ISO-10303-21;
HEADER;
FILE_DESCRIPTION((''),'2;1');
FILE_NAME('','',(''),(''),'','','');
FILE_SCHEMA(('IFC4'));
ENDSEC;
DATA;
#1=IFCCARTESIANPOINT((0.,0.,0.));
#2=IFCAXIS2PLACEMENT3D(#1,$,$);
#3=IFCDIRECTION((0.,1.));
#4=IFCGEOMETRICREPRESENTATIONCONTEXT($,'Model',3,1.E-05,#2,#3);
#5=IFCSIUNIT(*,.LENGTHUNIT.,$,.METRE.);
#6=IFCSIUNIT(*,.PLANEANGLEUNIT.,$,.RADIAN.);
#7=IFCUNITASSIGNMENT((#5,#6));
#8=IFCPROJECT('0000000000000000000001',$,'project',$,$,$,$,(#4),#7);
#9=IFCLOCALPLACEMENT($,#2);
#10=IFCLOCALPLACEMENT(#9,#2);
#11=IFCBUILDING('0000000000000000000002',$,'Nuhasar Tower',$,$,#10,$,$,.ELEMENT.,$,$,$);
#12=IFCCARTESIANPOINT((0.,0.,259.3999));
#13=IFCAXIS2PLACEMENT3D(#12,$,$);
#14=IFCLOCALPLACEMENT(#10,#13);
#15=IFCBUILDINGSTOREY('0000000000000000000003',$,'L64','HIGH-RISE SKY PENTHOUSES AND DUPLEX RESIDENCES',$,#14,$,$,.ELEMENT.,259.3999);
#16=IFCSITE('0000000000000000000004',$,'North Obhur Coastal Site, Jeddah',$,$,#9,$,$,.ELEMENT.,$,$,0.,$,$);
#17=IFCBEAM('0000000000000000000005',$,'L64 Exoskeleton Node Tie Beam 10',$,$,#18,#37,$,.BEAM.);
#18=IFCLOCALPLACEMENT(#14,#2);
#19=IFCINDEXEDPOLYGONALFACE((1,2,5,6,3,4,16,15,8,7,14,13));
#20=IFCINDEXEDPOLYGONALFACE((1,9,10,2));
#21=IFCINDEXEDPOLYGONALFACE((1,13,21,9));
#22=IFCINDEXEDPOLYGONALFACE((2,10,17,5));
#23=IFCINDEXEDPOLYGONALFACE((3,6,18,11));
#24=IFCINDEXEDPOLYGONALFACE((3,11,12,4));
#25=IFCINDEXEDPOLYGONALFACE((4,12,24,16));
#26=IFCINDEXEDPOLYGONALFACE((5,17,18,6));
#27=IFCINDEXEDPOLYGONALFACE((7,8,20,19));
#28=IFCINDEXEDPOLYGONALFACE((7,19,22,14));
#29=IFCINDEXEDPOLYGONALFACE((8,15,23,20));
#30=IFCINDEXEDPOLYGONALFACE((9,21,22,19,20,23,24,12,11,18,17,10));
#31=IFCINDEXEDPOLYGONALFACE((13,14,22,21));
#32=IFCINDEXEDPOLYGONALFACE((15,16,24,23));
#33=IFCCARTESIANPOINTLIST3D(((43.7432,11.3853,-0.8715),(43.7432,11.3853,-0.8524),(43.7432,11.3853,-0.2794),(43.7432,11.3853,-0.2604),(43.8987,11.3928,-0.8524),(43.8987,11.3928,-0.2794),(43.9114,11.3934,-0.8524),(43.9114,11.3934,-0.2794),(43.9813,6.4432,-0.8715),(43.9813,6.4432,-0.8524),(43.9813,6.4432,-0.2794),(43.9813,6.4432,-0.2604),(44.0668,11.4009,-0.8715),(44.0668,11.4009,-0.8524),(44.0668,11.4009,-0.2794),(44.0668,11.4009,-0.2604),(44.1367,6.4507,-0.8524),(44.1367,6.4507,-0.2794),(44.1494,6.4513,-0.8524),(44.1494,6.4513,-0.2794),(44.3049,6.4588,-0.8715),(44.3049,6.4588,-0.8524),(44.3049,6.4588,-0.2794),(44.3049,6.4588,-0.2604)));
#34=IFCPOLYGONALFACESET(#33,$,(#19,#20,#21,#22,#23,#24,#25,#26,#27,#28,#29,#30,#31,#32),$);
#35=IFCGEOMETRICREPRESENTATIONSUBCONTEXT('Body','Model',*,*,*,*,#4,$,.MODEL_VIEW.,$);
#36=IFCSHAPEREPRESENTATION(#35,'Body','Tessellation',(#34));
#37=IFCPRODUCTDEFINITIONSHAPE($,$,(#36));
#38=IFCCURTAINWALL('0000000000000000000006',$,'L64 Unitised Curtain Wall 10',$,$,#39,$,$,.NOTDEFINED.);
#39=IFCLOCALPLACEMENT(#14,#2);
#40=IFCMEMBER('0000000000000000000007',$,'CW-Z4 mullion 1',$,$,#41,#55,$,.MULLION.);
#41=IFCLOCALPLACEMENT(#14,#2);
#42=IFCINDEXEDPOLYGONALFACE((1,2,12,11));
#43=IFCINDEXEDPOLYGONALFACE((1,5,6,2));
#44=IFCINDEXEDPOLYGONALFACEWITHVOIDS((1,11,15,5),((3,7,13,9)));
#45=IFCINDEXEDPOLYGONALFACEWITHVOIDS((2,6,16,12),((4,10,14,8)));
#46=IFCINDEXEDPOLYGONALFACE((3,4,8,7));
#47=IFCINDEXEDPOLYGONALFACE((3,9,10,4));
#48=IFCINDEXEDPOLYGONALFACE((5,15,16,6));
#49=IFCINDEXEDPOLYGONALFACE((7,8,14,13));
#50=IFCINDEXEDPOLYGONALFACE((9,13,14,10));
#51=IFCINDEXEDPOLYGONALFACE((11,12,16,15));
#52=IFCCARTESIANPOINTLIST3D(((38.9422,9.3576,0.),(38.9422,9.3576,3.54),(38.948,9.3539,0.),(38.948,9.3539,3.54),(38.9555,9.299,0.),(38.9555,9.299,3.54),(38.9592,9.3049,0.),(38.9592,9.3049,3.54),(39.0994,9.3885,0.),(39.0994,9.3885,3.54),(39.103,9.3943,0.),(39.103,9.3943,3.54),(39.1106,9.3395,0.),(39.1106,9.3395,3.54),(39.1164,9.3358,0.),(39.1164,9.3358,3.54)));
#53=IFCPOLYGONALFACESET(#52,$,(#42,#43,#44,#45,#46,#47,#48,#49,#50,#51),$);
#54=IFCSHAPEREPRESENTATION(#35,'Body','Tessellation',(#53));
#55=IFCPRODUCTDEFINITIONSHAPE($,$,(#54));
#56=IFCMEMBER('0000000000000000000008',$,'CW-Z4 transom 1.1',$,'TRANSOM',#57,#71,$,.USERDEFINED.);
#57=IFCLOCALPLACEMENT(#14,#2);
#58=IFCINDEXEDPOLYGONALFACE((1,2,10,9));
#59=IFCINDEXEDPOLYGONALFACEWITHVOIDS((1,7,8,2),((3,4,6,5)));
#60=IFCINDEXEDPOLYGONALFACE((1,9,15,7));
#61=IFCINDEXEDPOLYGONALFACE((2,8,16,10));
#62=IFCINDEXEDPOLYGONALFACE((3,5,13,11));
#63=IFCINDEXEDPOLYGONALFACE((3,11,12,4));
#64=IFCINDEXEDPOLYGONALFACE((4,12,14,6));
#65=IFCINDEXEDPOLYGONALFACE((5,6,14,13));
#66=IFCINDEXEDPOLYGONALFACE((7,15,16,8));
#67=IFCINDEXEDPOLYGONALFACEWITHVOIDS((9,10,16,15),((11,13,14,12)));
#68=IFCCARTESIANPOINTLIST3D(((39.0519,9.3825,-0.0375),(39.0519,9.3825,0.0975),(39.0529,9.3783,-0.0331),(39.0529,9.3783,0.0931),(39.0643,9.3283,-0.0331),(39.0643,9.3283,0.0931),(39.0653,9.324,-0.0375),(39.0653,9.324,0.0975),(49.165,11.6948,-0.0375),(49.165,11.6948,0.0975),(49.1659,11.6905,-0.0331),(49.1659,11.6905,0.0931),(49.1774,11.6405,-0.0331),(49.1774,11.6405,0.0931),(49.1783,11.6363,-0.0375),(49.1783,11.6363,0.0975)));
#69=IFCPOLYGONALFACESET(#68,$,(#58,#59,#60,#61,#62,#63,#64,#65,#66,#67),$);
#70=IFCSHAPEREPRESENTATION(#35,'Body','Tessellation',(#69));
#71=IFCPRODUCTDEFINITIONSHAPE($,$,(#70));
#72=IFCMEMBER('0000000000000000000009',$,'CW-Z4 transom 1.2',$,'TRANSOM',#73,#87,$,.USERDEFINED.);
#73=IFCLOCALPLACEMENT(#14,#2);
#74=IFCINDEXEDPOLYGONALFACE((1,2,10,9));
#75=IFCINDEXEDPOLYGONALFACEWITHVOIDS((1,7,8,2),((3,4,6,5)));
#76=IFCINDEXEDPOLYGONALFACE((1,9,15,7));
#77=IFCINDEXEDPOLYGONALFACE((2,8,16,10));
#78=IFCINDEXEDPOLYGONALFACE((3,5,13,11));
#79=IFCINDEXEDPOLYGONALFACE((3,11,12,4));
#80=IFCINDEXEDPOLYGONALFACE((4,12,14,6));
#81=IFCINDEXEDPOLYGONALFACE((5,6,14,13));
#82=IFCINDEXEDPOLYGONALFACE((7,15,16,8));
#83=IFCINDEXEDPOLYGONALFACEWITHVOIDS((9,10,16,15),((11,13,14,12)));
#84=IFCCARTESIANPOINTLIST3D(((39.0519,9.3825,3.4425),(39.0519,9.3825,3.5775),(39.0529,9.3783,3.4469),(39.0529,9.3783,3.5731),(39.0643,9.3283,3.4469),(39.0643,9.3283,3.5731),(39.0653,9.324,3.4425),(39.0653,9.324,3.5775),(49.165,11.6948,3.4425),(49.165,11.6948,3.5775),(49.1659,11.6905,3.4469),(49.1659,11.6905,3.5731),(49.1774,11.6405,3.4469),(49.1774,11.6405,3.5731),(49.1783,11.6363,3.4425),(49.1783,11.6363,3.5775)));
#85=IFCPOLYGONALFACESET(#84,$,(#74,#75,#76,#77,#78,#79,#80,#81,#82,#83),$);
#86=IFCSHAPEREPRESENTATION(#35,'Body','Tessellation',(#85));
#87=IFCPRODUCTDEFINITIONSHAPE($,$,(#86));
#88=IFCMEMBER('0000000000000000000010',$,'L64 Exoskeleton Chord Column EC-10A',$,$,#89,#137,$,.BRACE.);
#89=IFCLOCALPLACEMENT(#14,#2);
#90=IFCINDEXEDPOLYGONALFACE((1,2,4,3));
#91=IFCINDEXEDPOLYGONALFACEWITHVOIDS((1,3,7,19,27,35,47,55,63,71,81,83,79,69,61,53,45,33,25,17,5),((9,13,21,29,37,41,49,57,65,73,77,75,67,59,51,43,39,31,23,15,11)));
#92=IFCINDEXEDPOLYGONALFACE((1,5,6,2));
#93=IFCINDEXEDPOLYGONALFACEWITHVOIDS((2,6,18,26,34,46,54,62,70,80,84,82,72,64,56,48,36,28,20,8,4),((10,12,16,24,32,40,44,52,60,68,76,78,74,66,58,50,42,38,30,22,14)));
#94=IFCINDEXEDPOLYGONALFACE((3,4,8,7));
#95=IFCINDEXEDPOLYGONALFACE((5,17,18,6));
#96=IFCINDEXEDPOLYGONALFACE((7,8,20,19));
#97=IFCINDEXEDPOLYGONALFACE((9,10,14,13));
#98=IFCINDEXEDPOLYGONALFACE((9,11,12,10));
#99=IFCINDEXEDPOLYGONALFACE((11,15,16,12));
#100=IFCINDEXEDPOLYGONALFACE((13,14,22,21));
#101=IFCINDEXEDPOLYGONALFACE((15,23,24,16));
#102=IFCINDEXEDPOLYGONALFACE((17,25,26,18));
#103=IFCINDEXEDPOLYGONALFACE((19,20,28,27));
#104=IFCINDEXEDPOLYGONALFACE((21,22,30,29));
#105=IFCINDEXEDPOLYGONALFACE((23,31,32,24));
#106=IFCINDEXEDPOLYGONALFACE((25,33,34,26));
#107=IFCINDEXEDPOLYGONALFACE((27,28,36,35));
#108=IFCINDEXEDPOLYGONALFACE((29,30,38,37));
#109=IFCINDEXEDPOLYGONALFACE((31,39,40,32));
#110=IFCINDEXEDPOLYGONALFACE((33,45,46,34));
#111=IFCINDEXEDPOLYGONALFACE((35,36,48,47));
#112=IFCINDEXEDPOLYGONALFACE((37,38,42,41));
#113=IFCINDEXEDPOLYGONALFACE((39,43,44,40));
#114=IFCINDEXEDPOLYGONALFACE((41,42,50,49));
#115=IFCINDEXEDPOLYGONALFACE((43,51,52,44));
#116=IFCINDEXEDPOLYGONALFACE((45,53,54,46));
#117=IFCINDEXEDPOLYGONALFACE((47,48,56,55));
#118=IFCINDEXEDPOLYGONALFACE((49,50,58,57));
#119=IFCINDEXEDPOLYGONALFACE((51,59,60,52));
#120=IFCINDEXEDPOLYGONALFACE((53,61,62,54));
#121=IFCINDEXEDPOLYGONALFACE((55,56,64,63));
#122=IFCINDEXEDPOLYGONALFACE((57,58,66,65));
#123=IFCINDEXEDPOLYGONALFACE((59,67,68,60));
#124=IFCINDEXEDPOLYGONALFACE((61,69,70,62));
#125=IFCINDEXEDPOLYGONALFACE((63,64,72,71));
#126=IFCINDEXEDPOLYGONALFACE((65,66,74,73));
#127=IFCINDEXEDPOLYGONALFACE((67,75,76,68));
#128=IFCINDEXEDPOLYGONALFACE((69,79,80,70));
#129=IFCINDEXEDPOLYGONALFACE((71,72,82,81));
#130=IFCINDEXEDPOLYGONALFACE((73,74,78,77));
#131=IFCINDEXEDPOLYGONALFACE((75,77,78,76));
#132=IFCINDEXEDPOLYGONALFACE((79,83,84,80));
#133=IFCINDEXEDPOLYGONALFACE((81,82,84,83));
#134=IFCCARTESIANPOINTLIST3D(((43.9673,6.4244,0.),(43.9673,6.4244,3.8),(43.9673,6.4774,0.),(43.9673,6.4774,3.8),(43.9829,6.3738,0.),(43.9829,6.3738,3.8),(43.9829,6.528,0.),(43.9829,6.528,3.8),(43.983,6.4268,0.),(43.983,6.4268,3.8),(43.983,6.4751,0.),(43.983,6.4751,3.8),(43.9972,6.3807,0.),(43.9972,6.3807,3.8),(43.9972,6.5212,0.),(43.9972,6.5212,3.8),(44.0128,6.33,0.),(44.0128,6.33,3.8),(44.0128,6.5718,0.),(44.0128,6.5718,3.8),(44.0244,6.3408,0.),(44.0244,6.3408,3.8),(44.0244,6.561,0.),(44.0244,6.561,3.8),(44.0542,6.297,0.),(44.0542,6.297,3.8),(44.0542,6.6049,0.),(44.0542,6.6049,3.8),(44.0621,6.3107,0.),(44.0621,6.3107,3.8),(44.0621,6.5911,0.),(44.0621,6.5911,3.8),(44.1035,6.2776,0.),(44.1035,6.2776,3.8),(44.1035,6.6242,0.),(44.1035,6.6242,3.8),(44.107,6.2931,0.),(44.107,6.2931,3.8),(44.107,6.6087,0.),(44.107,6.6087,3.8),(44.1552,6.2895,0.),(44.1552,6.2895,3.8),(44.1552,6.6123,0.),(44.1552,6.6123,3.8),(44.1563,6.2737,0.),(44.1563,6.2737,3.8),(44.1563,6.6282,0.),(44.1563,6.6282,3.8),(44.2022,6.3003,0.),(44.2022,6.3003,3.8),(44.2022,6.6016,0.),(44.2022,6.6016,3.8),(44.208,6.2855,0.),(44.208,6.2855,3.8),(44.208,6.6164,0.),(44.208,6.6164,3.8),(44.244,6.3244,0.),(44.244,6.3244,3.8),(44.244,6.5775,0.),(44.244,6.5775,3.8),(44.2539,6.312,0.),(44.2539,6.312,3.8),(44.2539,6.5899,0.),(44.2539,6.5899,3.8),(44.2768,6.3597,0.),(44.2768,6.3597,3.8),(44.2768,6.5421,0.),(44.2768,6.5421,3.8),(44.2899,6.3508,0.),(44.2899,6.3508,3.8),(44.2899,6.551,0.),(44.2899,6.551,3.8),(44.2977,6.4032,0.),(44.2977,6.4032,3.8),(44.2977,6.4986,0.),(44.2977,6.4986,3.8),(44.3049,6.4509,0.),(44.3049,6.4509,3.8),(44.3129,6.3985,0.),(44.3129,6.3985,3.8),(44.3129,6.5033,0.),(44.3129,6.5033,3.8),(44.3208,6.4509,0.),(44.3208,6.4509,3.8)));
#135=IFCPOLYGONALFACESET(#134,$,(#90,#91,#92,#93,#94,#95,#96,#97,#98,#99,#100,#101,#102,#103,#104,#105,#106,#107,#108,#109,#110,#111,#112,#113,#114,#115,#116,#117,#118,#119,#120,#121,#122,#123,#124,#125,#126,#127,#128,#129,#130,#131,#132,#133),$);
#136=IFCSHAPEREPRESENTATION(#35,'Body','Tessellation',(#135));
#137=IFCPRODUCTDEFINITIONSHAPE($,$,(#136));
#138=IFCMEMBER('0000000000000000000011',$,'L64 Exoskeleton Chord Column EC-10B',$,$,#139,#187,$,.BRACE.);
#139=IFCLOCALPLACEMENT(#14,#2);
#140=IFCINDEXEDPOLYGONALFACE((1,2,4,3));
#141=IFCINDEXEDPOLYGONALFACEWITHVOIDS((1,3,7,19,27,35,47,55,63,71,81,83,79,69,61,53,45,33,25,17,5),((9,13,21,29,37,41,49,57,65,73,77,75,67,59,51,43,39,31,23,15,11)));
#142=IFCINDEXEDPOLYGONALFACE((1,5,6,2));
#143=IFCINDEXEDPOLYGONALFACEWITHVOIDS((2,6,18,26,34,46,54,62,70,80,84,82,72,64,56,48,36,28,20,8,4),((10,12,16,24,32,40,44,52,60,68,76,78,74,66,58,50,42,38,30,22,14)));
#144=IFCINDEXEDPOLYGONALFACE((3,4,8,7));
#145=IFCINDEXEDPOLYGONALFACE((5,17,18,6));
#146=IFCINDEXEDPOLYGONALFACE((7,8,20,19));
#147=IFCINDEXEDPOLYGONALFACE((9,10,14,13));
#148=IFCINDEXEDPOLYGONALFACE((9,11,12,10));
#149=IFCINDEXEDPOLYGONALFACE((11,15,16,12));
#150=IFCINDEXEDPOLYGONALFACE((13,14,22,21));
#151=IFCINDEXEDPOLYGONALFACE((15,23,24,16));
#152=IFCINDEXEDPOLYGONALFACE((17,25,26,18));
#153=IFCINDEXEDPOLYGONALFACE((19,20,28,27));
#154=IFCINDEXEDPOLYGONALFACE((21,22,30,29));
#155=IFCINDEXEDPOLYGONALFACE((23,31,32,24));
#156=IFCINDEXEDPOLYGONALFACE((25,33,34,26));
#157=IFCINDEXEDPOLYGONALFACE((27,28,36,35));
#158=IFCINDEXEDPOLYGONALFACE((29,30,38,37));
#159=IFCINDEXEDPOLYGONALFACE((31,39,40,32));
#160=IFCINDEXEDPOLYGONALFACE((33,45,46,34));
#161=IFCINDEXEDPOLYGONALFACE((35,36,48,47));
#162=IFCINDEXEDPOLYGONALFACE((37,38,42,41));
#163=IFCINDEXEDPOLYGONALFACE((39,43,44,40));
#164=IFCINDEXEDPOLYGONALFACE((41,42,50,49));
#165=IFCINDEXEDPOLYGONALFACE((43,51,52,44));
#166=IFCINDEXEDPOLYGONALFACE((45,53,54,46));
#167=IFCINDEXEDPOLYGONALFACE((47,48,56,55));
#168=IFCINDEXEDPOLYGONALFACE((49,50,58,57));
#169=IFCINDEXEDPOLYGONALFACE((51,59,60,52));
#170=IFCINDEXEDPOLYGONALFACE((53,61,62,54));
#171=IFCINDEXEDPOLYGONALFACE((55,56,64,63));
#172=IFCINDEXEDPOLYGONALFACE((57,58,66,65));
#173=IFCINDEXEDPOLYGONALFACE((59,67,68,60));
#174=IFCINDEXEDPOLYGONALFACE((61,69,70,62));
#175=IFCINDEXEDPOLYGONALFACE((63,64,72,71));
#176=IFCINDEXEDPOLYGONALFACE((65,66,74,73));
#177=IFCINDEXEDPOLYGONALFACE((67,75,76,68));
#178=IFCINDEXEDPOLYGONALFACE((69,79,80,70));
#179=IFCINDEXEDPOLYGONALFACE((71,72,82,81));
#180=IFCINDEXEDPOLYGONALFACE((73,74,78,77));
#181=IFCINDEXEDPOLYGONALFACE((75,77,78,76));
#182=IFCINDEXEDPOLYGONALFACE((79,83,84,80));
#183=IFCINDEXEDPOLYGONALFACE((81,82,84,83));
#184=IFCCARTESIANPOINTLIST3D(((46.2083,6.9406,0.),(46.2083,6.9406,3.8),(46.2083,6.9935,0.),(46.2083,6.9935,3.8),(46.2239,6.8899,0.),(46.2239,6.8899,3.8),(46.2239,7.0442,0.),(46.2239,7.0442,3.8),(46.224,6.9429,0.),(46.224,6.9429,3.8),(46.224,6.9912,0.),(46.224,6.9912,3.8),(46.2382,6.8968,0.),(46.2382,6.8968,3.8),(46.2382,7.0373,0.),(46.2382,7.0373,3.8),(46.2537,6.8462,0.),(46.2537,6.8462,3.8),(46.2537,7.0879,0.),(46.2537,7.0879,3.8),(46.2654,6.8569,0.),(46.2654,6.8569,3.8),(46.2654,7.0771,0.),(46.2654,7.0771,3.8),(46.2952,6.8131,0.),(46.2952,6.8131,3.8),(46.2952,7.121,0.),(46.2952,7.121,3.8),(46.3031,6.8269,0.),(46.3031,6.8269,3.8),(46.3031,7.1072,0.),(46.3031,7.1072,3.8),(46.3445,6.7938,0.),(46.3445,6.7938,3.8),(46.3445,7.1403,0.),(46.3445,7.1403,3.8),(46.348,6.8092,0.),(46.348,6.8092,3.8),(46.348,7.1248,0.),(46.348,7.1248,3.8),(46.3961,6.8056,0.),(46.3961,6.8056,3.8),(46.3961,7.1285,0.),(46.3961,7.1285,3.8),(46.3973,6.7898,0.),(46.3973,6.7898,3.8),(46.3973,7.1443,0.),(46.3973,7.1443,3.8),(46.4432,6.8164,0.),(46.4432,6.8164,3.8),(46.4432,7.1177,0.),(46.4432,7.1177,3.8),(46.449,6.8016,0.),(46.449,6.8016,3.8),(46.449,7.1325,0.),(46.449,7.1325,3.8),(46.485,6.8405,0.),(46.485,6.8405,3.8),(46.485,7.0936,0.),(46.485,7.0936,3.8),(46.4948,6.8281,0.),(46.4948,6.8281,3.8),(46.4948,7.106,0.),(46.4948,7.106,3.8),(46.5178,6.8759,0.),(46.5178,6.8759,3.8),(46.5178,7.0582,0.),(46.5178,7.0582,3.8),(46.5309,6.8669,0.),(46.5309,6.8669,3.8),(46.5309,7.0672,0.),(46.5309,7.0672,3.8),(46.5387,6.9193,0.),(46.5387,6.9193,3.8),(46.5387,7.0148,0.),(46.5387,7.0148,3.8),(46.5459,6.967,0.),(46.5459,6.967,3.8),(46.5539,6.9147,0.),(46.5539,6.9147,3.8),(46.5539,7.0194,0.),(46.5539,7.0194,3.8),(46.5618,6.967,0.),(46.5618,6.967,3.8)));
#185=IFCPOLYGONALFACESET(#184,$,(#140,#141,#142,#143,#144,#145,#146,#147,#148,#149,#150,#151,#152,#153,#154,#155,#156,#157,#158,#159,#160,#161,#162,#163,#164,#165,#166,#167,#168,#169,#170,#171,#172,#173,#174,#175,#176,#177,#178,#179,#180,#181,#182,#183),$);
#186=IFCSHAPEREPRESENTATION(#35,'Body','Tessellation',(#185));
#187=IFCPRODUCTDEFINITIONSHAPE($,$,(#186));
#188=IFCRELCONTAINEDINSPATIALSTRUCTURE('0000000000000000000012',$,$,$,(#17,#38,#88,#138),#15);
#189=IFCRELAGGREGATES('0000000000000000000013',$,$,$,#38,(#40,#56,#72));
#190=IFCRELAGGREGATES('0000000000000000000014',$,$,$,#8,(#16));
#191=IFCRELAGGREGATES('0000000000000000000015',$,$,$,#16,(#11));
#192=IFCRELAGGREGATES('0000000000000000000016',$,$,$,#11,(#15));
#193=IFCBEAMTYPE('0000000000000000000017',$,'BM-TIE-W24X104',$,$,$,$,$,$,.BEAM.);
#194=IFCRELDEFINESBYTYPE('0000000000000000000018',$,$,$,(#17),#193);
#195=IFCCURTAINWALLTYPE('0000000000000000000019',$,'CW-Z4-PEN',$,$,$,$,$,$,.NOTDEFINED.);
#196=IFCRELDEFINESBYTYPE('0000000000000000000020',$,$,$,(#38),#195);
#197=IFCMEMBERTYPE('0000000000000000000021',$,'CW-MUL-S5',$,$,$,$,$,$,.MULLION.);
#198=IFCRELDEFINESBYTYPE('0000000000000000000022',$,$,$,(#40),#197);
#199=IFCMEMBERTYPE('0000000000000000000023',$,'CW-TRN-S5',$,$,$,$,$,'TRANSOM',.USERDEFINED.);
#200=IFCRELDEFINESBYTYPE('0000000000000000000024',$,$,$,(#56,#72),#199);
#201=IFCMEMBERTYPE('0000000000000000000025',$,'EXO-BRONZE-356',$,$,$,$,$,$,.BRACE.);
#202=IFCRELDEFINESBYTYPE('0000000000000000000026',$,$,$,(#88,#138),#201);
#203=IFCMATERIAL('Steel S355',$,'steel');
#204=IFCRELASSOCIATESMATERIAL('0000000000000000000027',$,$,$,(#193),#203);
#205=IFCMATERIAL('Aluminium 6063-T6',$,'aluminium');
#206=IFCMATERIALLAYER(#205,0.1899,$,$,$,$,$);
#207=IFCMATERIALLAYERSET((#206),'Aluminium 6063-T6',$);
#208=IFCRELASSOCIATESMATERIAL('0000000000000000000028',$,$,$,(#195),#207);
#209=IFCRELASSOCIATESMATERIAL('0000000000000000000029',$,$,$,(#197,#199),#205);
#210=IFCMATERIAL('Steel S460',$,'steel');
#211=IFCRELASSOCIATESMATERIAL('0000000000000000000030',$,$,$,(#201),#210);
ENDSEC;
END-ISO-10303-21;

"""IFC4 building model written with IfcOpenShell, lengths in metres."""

from ifc_helpers import new_model, si_unit, direction, frame, origin, origin_2d, place, context, subcontext, project, spatial, hollow_rectangle, hollow_circle, i_section, extrude, material, layer, layer_set, material_profile, profile_set, type_object, element, aggregate, save


model = new_model("IFC4")

# Units and contexts
model_context = context("Model", 3, precision=1e-05, world=origin(), true_north=direction((0.0, 1.0)))
body_context = subcontext(model_context, "Body", "Model", "MODEL_VIEW")
ifc_project = project(units=[si_unit("LENGTHUNIT", "METRE"), si_unit("PLANEANGLEUNIT", "RADIAN")], contexts=[model_context])

# Site, building, storey
site_placement = place(None, origin())
site = spatial("IfcSite", under=ifc_project, at=site_placement, Name="North Obhur Coastal Site, Jeddah", CompositionType="ELEMENT", RefElevation=0.0)
building_placement = place(site_placement, origin())
building = spatial("IfcBuilding", under=site, at=building_placement, Name="Nuhasar Tower", CompositionType="ELEMENT")
storey_placement = place(building_placement, frame((0.0, 0.0, 259.3999)))
storey = spatial("IfcBuildingStorey", under=building, at=storey_placement, Name="L64", Description="HIGH-RISE SKY PENTHOUSES AND DUPLEX RESIDENCES", CompositionType="ELEMENT", Elevation=259.3999)

# Beam
ifc_material_1 = material(Name="Steel S355", Category="steel")
ifc_material_profile_1 = material_profile(ifc_material_1, i_section(OverallWidth=0.324, OverallDepth=0.6111, WebThickness=0.0127, FlangeThickness=0.019, at=origin_2d()), Name="W24X104")
ifc_profile_set_1 = profile_set([ifc_material_profile_1], Name="Steel S355")
beam_type_1 = type_object("IfcBeamType", Name="BM-TIE-W24X104", PredefinedType="BEAM", material=ifc_profile_set_1)
beam_1_placement = place(storey_placement, frame((43.905, 11.3931, -0.5659), z_axis=(0.048109, -0.998842, 0.0), x_axis=(0.998842, 0.048109, 0.0)))
element("IfcBeam", 1, at=beam_1_placement, inside=storey, type_object=beam_type_1, Name="L64 Exoskeleton Node Tie Beam 10", PredefinedType="BEAM", context=body_context, shape_type="SweptSolid", body=[
    extrude(i_section(OverallWidth=0.324, OverallDepth=0.6111, WebThickness=0.0127, FlangeThickness=0.019, at=origin_2d()), origin(), (0.0, 0.0, 1.0), 4.9478),
])

# Curtain wall, members
ifc_material_2 = material(Name="Aluminium 6063-T6", Category="aluminium")
ifc_layer_1 = layer(ifc_material_2, 0.1899)
ifc_layer_set_1 = layer_set([ifc_layer_1], Name="Aluminium 6063-T6")
curtain_wall_type = type_object("IfcCurtainWallType", Name="CW-Z4-PEN", PredefinedType="NOTDEFINED", material=ifc_layer_set_1)
curtain_wall_placement = place(storey_placement, origin())
curtain_wall = element("IfcCurtainWall", 2, at=curtain_wall_placement, inside=storey, type_object=curtain_wall_type, Name="L64 Unitised Curtain Wall 10", PredefinedType="NOTDEFINED")
ifc_material_profile_2 = material_profile(ifc_material_2, hollow_rectangle(XDim=0.0601, YDim=0.165, WallThickness=0.0049, at=origin_2d()), Name="CWM-5")
ifc_profile_set_2 = profile_set([ifc_material_profile_2], Name="Aluminium 6063-T6")
member_type_1 = type_object("IfcMemberType", Name="CW-MUL-S5", PredefinedType="MULLION", material=ifc_profile_set_2)
member_1_placement = place(storey_placement, frame((39.0293, 9.3467, 0.0), z_axis=(0.0, 0.0, 1.0), x_axis=(-0.222889, 0.974844, 0.0)))
member_1 = element("IfcMember", 3, at=member_1_placement, type_object=member_type_1, Name="CW-Z4 mullion 1", PredefinedType="MULLION", context=body_context, shape_type="SweptSolid", body=[
    extrude(hollow_rectangle(XDim=0.0601, YDim=0.165, WallThickness=0.0049, at=origin_2d()), origin(), (0.0, 0.0, 1.0), 3.54),
])
ifc_material_profile_3 = material_profile(ifc_material_2, hollow_rectangle(XDim=0.0601, YDim=0.135, WallThickness=0.0044, at=origin_2d()), Name="CWT-5")
ifc_profile_set_3 = profile_set([ifc_material_profile_3], Name="Aluminium 6063-T6")
member_type_2 = type_object("IfcMemberType", Name="CW-TRN-S5", ElementType="TRANSOM", PredefinedType="USERDEFINED", material=ifc_profile_set_3)
member_2_placement = place(storey_placement, frame((39.0586, 9.3533, 0.03), z_axis=(0.974844, 0.222889, 0.0), x_axis=(-0.222889, 0.974844, 0.0)))
member_2 = element("IfcMember", 4, at=member_2_placement, type_object=member_type_2, Name="CW-Z4 transom 1.1", ObjectType="TRANSOM", PredefinedType="USERDEFINED", context=body_context, shape_type="SweptSolid", body=[
    extrude(hollow_rectangle(XDim=0.0601, YDim=0.135, WallThickness=0.0044, at=origin_2d()), origin(), (0.0, 0.0, 1.0), 10.374),
])
member_3_placement = place(storey_placement, frame((39.0586, 9.3533, 3.51), z_axis=(0.974844, 0.222889, 0.0), x_axis=(-0.222889, 0.974844, 0.0)))
member_3 = element("IfcMember", 5, at=member_3_placement, type_object=member_type_2, Name="CW-Z4 transom 1.2", ObjectType="TRANSOM", PredefinedType="USERDEFINED", context=body_context, shape_type="SweptSolid", body=[
    extrude(hollow_rectangle(XDim=0.0601, YDim=0.135, WallThickness=0.0044, at=origin_2d()), origin(), (0.0, 0.0, 1.0), 10.374),
])

# Members
ifc_material_3 = material(Name="Steel S460", Category="steel")
ifc_material_profile_4 = material_profile(ifc_material_3, hollow_circle(Radius=0.1777, WallThickness=0.0159, at=origin_2d()), Name="HSS355.6X15.9")
ifc_profile_set_4 = profile_set([ifc_material_profile_4], Name="Steel S460")
member_type_3 = type_object("IfcMemberType", Name="EXO-BRONZE-356", PredefinedType="BRACE", material=ifc_profile_set_4)
for number, where, z_axis, x_axis, name in (
    (6, (44.1431, 6.4509, 0.0), (0.0, 0.0, 1.0), (1.0, 0.0, 0.0), "L64 Exoskeleton Chord Column EC-10A"),
    (7, (46.384, 6.967, 0.0), (0.0, 0.0, 1.0), (1.0, 0.0, 0.0), "L64 Exoskeleton Chord Column EC-10B"),
):
    element("IfcMember", number, at=place(storey_placement, frame(where, z_axis=z_axis, x_axis=x_axis)), inside=storey, type_object=member_type_3, Name=name, PredefinedType="BRACE", context=body_context, shape_type="SweptSolid", body=[
        extrude(hollow_circle(Radius=0.1777, WallThickness=0.0159, at=origin_2d()), origin(), (0.0, 0.0, 1.0), 3.8),
    ])

aggregate(curtain_wall, [member_1, member_2, member_3])

save(model, "model.ifc")
